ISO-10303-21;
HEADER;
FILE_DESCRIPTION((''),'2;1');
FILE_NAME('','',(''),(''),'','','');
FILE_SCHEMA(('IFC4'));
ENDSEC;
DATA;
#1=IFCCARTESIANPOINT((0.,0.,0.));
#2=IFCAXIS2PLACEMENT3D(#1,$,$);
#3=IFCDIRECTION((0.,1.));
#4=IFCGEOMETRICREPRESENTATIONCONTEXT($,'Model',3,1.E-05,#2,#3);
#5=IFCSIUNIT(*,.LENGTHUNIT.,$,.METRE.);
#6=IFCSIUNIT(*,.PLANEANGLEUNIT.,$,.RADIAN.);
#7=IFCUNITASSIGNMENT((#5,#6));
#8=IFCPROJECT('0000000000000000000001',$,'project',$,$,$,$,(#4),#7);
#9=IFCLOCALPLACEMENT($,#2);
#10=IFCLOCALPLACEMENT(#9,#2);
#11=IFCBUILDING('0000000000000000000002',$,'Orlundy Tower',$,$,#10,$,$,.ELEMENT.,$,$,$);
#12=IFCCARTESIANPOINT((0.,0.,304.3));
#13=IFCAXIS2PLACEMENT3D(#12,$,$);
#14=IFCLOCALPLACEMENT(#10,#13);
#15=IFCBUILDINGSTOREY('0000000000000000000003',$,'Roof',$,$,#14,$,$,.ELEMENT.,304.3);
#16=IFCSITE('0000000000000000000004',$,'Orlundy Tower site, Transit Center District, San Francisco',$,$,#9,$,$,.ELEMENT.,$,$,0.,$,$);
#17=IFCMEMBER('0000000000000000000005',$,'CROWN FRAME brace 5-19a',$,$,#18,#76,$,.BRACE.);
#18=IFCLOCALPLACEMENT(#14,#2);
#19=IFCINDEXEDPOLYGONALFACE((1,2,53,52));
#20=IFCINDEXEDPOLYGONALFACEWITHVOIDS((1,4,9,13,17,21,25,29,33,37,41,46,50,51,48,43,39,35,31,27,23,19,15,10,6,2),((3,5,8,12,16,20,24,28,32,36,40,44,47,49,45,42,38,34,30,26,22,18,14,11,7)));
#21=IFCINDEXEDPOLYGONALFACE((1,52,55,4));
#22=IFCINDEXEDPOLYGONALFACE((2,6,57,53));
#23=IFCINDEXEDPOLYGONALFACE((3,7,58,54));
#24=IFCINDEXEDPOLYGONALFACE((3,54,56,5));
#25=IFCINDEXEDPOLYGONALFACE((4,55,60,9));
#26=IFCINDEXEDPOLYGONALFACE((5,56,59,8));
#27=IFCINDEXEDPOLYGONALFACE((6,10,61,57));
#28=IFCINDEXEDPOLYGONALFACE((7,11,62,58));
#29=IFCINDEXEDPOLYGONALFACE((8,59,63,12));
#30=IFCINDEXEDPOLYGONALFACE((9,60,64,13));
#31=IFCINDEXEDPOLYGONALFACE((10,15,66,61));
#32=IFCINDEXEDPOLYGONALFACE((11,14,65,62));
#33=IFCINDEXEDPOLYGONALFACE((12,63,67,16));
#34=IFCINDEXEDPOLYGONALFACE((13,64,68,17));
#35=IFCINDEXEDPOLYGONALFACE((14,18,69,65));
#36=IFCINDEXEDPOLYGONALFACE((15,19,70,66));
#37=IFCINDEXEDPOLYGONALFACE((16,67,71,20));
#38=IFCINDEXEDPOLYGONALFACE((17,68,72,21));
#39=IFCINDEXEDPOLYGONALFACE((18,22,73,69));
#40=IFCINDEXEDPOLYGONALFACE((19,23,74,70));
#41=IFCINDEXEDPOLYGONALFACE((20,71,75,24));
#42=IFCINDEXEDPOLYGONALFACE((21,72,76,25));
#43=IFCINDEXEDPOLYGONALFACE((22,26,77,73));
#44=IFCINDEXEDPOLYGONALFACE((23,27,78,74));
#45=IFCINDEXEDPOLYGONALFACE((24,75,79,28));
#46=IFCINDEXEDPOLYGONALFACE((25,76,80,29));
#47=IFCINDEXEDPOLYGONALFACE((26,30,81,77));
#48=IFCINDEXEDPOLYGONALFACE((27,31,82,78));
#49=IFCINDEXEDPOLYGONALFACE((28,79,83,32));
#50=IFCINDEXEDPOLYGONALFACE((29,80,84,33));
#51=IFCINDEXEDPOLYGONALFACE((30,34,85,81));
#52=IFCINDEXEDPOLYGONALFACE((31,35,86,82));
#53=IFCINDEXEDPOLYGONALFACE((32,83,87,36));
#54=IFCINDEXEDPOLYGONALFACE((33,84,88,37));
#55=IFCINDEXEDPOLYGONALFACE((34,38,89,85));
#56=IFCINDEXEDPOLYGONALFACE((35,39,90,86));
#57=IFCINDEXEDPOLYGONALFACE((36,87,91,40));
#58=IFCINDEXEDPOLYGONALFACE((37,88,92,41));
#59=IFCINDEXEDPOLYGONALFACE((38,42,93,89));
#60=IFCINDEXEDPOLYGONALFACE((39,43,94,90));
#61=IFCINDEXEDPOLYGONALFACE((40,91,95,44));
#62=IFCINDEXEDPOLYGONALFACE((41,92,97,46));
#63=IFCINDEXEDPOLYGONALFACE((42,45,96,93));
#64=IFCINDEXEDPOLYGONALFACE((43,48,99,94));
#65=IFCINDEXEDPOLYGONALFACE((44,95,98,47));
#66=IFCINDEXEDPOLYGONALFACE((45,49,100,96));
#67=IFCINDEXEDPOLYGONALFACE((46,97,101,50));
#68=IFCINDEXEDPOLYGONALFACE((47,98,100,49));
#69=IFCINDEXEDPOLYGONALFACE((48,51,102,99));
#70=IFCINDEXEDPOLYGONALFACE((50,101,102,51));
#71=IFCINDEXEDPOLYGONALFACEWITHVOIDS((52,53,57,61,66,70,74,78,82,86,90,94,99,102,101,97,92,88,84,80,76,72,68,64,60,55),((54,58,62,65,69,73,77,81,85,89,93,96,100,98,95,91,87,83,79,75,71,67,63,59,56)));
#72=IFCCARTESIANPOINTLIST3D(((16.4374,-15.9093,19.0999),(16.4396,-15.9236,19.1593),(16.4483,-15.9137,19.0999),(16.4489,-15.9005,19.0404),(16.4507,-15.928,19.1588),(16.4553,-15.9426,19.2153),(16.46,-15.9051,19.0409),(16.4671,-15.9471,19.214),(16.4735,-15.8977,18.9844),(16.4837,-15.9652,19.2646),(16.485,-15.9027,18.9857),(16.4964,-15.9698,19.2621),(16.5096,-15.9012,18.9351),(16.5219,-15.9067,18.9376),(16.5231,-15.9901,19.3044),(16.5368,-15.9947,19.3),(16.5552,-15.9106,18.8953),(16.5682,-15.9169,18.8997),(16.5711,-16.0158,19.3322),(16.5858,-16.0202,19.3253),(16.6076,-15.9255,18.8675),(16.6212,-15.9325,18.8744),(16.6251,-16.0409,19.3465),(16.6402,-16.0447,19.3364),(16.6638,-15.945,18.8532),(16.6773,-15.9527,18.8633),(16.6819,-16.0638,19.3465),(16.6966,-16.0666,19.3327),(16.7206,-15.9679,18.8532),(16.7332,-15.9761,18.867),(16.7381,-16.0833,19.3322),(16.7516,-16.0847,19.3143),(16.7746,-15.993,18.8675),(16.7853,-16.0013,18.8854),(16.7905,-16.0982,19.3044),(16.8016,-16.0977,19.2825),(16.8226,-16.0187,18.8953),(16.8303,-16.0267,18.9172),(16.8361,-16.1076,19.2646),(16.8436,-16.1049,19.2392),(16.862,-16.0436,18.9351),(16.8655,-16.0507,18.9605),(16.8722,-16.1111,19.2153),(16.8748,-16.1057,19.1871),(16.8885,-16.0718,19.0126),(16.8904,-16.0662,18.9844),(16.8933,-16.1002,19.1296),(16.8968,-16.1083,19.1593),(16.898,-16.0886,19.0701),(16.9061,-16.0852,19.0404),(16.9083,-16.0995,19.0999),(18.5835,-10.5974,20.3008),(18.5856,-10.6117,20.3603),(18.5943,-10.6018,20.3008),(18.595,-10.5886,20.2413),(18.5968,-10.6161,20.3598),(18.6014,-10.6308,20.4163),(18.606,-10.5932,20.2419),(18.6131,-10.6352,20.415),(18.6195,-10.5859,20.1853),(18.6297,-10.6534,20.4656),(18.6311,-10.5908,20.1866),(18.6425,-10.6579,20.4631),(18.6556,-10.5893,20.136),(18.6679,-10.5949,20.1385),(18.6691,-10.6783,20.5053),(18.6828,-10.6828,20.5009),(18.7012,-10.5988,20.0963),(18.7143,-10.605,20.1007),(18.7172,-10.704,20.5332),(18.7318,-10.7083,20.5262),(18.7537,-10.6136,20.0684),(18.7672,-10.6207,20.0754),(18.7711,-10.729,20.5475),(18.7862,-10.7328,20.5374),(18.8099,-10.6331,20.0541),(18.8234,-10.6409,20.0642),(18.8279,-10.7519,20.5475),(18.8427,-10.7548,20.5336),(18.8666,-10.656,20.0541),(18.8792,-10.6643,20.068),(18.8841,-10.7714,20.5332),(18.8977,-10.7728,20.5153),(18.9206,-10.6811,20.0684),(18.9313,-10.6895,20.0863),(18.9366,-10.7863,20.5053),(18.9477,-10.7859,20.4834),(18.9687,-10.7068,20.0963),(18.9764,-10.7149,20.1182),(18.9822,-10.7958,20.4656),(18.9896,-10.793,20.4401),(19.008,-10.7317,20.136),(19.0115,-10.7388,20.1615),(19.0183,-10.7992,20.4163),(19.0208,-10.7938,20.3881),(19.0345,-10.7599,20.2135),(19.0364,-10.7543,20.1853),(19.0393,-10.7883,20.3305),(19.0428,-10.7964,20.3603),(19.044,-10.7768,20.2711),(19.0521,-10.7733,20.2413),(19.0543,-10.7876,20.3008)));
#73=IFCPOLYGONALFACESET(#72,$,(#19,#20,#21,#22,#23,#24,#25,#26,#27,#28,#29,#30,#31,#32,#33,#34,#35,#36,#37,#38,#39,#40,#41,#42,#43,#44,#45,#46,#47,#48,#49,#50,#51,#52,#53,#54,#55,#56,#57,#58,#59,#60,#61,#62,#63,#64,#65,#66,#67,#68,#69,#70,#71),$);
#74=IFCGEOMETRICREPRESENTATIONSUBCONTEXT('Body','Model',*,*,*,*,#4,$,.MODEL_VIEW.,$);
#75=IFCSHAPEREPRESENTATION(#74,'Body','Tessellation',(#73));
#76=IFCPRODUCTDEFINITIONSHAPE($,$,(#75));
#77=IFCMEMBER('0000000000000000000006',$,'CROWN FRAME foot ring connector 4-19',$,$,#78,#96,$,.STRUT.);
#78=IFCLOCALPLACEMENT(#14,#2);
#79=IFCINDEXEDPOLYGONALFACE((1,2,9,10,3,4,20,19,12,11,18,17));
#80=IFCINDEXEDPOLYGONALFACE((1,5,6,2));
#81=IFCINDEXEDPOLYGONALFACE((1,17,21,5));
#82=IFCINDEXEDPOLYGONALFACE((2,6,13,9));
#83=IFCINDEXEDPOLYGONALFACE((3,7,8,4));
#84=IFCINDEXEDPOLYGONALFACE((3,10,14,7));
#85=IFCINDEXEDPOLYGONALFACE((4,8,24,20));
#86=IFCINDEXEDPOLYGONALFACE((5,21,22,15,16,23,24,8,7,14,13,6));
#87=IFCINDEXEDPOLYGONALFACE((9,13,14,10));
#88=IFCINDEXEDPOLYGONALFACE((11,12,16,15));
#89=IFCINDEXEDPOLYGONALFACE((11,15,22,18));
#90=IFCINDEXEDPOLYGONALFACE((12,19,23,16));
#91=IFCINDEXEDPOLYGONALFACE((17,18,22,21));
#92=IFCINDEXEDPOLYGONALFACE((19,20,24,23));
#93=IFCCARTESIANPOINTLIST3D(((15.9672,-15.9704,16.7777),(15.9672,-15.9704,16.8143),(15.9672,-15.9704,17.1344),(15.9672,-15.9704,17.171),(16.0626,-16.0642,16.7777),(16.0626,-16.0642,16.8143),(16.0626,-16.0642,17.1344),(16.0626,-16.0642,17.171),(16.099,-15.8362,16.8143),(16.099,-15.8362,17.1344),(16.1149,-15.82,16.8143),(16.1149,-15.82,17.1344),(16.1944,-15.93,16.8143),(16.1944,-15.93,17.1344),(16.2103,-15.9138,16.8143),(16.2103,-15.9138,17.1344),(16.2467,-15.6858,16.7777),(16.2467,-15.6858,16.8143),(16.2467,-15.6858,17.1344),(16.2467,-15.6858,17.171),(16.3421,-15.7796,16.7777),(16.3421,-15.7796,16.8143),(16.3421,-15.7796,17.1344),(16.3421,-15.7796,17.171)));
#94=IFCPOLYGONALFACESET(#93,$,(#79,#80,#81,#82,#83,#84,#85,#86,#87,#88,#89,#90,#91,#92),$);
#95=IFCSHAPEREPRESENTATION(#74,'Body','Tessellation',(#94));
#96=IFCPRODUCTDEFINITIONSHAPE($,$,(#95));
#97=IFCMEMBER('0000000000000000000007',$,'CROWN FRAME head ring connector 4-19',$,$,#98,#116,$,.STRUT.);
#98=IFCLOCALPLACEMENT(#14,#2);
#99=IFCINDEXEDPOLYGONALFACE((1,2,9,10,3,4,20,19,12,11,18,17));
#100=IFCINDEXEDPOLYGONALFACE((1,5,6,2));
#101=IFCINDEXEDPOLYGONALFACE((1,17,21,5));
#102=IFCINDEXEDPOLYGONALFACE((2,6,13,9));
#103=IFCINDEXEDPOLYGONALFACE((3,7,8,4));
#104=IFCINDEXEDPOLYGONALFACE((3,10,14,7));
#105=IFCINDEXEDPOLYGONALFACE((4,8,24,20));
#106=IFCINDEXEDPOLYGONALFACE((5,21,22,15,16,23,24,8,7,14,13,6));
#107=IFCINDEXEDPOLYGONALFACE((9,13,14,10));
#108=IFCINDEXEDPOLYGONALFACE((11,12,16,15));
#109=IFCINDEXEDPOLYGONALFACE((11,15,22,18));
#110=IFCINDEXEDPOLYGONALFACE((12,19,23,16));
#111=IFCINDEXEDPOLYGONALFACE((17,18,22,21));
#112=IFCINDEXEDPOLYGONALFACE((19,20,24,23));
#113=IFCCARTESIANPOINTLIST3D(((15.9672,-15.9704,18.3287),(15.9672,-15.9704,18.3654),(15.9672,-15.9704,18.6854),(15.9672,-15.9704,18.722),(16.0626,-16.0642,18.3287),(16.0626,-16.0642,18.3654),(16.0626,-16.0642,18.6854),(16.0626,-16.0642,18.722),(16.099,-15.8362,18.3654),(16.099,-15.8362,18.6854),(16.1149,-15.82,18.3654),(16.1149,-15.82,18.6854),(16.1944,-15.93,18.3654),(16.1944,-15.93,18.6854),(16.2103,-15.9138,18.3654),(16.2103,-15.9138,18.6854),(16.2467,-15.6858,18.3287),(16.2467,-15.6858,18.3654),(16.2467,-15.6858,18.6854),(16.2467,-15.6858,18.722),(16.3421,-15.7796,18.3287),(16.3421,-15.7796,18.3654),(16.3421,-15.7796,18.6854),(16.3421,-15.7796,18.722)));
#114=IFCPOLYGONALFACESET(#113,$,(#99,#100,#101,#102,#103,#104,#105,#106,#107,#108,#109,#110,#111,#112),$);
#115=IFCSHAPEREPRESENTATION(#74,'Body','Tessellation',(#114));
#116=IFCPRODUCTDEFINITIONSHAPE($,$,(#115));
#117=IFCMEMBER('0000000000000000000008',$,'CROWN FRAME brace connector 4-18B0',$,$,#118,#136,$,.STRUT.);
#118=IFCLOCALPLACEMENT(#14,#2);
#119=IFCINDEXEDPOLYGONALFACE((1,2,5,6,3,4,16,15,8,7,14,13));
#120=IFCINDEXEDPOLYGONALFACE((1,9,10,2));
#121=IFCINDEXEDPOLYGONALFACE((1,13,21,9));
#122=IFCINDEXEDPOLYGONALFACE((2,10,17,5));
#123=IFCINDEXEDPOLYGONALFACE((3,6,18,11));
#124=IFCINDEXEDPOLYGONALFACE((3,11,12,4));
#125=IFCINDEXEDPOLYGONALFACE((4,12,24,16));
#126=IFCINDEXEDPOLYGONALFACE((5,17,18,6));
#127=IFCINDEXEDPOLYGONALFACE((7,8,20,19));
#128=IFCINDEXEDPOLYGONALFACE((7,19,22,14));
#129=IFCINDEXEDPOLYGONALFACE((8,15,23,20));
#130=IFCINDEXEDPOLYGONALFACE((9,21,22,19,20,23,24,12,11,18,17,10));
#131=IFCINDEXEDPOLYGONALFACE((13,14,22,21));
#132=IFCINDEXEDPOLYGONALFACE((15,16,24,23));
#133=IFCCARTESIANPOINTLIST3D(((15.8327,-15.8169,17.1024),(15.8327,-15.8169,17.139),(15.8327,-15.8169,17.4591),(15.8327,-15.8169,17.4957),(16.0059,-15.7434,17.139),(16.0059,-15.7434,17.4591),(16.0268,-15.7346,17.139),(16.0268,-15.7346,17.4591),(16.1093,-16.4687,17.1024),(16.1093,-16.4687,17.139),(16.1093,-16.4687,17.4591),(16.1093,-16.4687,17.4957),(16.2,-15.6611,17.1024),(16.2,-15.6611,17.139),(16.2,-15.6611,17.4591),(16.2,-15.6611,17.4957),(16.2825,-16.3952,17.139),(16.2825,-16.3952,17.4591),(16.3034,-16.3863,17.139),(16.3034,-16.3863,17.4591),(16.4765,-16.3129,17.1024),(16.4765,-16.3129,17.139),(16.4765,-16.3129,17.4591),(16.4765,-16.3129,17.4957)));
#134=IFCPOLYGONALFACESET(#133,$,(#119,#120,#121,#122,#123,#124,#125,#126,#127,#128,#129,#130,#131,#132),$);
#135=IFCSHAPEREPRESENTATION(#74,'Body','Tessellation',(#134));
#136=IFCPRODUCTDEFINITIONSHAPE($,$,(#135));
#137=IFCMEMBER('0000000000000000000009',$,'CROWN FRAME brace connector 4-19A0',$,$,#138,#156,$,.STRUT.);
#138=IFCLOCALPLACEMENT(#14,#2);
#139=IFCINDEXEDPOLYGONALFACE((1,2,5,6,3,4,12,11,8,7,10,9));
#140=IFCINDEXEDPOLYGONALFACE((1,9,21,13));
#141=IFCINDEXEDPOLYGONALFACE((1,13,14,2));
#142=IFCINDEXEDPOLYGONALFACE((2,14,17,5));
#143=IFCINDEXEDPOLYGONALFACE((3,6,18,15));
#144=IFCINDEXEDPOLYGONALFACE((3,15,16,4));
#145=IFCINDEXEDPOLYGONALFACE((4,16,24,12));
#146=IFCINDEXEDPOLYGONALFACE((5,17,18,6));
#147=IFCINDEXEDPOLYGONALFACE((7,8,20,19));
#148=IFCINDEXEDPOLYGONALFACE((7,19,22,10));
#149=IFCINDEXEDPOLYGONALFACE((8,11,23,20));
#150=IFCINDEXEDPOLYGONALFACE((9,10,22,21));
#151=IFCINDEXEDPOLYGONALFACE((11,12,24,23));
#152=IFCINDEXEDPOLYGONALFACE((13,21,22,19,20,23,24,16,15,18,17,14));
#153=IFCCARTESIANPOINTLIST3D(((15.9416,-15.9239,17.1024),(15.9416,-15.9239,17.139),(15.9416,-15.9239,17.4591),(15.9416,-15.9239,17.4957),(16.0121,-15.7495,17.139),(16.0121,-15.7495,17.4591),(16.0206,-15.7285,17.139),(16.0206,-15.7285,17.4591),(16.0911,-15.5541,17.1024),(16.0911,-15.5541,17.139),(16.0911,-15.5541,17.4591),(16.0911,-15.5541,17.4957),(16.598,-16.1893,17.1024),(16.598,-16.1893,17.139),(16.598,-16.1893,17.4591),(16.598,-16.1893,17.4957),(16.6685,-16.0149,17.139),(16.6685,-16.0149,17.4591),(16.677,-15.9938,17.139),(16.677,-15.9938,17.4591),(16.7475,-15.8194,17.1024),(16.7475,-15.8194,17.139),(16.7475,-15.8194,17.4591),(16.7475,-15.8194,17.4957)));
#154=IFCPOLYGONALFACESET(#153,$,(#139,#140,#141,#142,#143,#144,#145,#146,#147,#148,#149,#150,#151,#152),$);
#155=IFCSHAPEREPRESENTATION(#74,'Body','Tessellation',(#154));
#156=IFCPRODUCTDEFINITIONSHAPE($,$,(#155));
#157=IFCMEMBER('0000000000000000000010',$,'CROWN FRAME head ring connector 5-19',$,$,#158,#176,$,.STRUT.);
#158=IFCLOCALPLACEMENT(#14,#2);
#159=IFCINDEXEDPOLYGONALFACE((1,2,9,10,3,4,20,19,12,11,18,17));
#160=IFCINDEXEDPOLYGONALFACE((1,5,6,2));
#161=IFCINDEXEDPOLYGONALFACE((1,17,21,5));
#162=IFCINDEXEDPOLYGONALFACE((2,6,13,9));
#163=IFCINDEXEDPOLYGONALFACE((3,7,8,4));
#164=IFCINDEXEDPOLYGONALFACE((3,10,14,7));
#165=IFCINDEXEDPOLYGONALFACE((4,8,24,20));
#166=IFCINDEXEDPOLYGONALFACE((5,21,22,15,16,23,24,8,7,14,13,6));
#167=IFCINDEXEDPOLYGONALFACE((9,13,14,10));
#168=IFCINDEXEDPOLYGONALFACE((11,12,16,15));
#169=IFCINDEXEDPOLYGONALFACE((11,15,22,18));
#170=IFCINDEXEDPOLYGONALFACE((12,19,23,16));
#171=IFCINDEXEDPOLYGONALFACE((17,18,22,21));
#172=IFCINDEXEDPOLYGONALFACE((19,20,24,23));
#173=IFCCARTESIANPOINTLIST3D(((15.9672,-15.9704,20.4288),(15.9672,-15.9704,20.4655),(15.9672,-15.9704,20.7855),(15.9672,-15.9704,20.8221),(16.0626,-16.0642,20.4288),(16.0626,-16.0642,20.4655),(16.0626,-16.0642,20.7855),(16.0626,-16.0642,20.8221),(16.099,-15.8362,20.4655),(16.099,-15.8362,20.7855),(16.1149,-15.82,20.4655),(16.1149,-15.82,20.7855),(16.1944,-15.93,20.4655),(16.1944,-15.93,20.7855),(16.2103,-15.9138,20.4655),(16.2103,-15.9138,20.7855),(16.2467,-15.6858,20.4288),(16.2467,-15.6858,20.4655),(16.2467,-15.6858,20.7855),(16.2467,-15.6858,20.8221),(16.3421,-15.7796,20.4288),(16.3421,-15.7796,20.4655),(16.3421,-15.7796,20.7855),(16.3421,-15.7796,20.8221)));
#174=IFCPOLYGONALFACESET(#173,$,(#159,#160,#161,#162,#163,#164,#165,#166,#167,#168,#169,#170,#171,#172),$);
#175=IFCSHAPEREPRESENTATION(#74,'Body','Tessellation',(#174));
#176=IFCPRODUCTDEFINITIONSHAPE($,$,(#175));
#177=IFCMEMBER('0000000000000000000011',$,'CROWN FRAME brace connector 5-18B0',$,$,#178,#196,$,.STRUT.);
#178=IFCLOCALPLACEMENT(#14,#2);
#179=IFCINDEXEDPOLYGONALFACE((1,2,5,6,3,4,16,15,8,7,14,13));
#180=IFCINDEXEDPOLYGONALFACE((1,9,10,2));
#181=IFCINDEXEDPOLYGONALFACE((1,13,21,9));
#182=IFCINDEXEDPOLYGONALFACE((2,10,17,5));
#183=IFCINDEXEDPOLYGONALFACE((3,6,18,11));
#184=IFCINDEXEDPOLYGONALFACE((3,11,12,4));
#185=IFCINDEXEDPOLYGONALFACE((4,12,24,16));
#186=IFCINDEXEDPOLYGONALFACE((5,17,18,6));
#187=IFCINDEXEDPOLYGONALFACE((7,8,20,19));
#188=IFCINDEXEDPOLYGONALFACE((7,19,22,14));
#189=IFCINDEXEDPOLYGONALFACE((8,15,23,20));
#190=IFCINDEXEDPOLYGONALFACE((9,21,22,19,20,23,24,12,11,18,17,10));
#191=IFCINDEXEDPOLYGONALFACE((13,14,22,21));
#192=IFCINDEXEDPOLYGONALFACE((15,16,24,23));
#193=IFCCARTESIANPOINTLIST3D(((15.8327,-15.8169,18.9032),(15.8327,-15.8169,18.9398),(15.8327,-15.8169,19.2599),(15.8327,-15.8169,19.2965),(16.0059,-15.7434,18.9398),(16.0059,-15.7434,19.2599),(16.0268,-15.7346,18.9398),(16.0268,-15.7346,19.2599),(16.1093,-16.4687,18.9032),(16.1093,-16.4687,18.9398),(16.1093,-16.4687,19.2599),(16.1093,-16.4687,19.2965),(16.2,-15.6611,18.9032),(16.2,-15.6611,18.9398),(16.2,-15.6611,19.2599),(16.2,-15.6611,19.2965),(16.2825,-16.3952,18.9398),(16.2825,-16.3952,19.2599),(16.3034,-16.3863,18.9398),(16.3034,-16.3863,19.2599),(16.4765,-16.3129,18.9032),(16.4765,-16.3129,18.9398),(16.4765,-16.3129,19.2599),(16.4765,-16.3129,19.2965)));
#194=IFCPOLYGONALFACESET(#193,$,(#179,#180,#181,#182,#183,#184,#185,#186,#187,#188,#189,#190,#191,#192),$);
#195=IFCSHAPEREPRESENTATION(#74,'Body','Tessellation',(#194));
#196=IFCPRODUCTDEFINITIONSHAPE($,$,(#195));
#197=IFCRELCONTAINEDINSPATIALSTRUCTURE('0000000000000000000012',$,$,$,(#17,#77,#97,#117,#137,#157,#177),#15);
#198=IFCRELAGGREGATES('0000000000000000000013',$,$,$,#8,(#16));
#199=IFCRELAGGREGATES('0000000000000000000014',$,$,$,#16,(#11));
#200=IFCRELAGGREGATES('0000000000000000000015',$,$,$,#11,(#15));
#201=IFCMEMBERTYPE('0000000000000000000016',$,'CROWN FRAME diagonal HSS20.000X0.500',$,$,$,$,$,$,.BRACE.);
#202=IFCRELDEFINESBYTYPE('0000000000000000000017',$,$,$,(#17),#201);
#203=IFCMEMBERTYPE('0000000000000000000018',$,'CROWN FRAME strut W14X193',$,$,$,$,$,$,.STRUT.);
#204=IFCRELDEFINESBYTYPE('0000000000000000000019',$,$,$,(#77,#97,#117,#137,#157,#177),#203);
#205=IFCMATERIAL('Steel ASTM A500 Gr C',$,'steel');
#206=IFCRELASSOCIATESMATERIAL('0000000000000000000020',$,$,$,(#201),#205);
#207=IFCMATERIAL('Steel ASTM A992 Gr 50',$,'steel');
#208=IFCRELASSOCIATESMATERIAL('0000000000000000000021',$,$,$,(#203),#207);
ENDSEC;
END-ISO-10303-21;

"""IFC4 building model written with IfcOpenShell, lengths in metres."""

from ifc_helpers import new_model, si_unit, direction, frame, origin, origin_2d, place, context, subcontext, project, spatial, hollow_circle, i_section, extrude, material, material_profile, profile_set, type_object, element, save


model = new_model("IFC4")

# Units and contexts
model_context = context("Model", 3, precision=1e-05, world=origin(), true_north=direction((0.0, 1.0)))
body_context = subcontext(model_context, "Body", "Model", "MODEL_VIEW")
ifc_project = project(units=[si_unit("LENGTHUNIT", "METRE"), si_unit("PLANEANGLEUNIT", "RADIAN")], contexts=[model_context])

# Site, building, storey
site_placement = place(None, origin())
site = spatial("IfcSite", under=ifc_project, at=site_placement, Name="Orlundy Tower site, Transit Center District, San Francisco", CompositionType="ELEMENT", RefElevation=0.0)
building_placement = place(site_placement, origin())
building = spatial("IfcBuilding", under=site, at=building_placement, Name="Orlundy Tower", CompositionType="ELEMENT")
storey_placement = place(building_placement, frame((0.0, 0.0, 304.3)))
storey = spatial("IfcBuildingStorey", under=building, at=storey_placement, Name="Roof", CompositionType="ELEMENT", Elevation=304.3)

# Members
ifc_material_1 = material(Name="Steel ASTM A500 Gr C", Category="steel")
ifc_material_profile_1 = material_profile(ifc_material_1, hollow_circle(Radius=0.2539, WallThickness=0.0117, at=origin_2d()), Name="HSS20.000X0.500")
ifc_profile_set_1 = profile_set([ifc_material_profile_1], Name="Steel ASTM A500 Gr C")
member_type_1 = type_object("IfcMemberType", Name="CROWN FRAME diagonal HSS20.000X0.500", PredefinedType="BRACE", material=ifc_profile_set_1)
member_1_placement = place(storey_placement, frame((16.6729, -16.0044, 19.0999), z_axis=(0.366623, 0.907466, 0.205167), x_axis=(-0.92719, 0.374592, 0.0)))
element("IfcMember", 1, at=member_1_placement, inside=storey, type_object=member_type_1, Name="CROWN FRAME brace 5-19a", PredefinedType="BRACE", context=body_context, shape_type="SweptSolid", body=[
    extrude(hollow_circle(Radius=0.2539, WallThickness=0.0117, at=origin_2d()), origin(), (0.0, 0.0, 1.0), 5.8535),
])
ifc_material_2 = material(Name="Steel ASTM A992 Gr 50", Category="steel")
ifc_material_profile_2 = material_profile(ifc_material_2, i_section(OverallWidth=0.3989, OverallDepth=0.3933, WebThickness=0.0227, FlangeThickness=0.0366, at=origin_2d()), Name="W14X193")
ifc_profile_set_2 = profile_set([ifc_material_profile_2], Name="Steel ASTM A992 Gr 50")
member_type_2 = type_object("IfcMemberType", Name="CROWN FRAME strut W14X193", PredefinedType="STRUT", material=ifc_profile_set_2)
for number, where, z_axis, x_axis, name in (
    (2, (16.1069, -15.8281, 16.9744), (0.713464, -0.700691, 0.0), (0.700691, 0.713464, 0.0), "CROWN FRAME foot ring connector 4-19"),
    (3, (16.1069, -15.8281, 18.5254), (0.713464, -0.700691, 0.0), (0.700691, 0.713464, 0.0), "CROWN FRAME head ring connector 4-19"),
):
    element("IfcMember", number, at=place(storey_placement, frame(where, z_axis=z_axis, x_axis=x_axis)), inside=storey, type_object=member_type_2, Name=name, PredefinedType="STRUT", context=body_context, shape_type="SweptSolid", body=[
        extrude(i_section(OverallWidth=0.3989, OverallDepth=0.3933, WebThickness=0.0227, FlangeThickness=0.0366, at=origin_2d()), origin(), (0.0, 0.0, 1.0), 0.1338),
    ])
for number, where, z_axis, x_axis, name in (
    (4, (16.0164, -15.739, 17.2991), (0.39063, -0.920548, 0.0), (0.920548, 0.39063, 0.0), "CROWN FRAME brace connector 4-18B0"),
    (5, (16.0164, -15.739, 17.2991), (0.927115, -0.374777, 0.0), (0.374777, 0.927115, 0.0), "CROWN FRAME brace connector 4-19A0"),
):
    element("IfcMember", number, at=place(storey_placement, frame(where, z_axis=z_axis, x_axis=x_axis)), inside=storey, type_object=member_type_2, Name=name, PredefinedType="STRUT", context=body_context, shape_type="SweptSolid", body=[
        extrude(i_section(OverallWidth=0.3989, OverallDepth=0.3933, WebThickness=0.0227, FlangeThickness=0.0366, at=origin_2d()), origin(), (0.0, 0.0, 1.0), 0.708),
    ])
member_2_placement = place(storey_placement, frame((16.1069, -15.8281, 20.6255), z_axis=(0.713464, -0.700691, 0.0), x_axis=(0.700691, 0.713464, 0.0)))
element("IfcMember", 6, at=member_2_placement, inside=storey, type_object=member_type_2, Name="CROWN FRAME head ring connector 5-19", PredefinedType="STRUT", context=body_context, shape_type="SweptSolid", body=[
    extrude(i_section(OverallWidth=0.3989, OverallDepth=0.3933, WebThickness=0.0227, FlangeThickness=0.0366, at=origin_2d()), origin(), (0.0, 0.0, 1.0), 0.1338),
])
for number, where, z_axis, x_axis, name in (
    (7, (16.0164, -15.739, 19.0999), (0.39063, -0.920548, 0.0), (0.920548, 0.39063, 0.0), "CROWN FRAME brace connector 5-18B0"),
):
    element("IfcMember", number, at=place(storey_placement, frame(where, z_axis=z_axis, x_axis=x_axis)), inside=storey, type_object=member_type_2, Name=name, PredefinedType="STRUT", context=body_context, shape_type="SweptSolid", body=[
        extrude(i_section(OverallWidth=0.3989, OverallDepth=0.3933, WebThickness=0.0227, FlangeThickness=0.0366, at=origin_2d()), origin(), (0.0, 0.0, 1.0), 0.708),
    ])

save(model, "model.ifc")
